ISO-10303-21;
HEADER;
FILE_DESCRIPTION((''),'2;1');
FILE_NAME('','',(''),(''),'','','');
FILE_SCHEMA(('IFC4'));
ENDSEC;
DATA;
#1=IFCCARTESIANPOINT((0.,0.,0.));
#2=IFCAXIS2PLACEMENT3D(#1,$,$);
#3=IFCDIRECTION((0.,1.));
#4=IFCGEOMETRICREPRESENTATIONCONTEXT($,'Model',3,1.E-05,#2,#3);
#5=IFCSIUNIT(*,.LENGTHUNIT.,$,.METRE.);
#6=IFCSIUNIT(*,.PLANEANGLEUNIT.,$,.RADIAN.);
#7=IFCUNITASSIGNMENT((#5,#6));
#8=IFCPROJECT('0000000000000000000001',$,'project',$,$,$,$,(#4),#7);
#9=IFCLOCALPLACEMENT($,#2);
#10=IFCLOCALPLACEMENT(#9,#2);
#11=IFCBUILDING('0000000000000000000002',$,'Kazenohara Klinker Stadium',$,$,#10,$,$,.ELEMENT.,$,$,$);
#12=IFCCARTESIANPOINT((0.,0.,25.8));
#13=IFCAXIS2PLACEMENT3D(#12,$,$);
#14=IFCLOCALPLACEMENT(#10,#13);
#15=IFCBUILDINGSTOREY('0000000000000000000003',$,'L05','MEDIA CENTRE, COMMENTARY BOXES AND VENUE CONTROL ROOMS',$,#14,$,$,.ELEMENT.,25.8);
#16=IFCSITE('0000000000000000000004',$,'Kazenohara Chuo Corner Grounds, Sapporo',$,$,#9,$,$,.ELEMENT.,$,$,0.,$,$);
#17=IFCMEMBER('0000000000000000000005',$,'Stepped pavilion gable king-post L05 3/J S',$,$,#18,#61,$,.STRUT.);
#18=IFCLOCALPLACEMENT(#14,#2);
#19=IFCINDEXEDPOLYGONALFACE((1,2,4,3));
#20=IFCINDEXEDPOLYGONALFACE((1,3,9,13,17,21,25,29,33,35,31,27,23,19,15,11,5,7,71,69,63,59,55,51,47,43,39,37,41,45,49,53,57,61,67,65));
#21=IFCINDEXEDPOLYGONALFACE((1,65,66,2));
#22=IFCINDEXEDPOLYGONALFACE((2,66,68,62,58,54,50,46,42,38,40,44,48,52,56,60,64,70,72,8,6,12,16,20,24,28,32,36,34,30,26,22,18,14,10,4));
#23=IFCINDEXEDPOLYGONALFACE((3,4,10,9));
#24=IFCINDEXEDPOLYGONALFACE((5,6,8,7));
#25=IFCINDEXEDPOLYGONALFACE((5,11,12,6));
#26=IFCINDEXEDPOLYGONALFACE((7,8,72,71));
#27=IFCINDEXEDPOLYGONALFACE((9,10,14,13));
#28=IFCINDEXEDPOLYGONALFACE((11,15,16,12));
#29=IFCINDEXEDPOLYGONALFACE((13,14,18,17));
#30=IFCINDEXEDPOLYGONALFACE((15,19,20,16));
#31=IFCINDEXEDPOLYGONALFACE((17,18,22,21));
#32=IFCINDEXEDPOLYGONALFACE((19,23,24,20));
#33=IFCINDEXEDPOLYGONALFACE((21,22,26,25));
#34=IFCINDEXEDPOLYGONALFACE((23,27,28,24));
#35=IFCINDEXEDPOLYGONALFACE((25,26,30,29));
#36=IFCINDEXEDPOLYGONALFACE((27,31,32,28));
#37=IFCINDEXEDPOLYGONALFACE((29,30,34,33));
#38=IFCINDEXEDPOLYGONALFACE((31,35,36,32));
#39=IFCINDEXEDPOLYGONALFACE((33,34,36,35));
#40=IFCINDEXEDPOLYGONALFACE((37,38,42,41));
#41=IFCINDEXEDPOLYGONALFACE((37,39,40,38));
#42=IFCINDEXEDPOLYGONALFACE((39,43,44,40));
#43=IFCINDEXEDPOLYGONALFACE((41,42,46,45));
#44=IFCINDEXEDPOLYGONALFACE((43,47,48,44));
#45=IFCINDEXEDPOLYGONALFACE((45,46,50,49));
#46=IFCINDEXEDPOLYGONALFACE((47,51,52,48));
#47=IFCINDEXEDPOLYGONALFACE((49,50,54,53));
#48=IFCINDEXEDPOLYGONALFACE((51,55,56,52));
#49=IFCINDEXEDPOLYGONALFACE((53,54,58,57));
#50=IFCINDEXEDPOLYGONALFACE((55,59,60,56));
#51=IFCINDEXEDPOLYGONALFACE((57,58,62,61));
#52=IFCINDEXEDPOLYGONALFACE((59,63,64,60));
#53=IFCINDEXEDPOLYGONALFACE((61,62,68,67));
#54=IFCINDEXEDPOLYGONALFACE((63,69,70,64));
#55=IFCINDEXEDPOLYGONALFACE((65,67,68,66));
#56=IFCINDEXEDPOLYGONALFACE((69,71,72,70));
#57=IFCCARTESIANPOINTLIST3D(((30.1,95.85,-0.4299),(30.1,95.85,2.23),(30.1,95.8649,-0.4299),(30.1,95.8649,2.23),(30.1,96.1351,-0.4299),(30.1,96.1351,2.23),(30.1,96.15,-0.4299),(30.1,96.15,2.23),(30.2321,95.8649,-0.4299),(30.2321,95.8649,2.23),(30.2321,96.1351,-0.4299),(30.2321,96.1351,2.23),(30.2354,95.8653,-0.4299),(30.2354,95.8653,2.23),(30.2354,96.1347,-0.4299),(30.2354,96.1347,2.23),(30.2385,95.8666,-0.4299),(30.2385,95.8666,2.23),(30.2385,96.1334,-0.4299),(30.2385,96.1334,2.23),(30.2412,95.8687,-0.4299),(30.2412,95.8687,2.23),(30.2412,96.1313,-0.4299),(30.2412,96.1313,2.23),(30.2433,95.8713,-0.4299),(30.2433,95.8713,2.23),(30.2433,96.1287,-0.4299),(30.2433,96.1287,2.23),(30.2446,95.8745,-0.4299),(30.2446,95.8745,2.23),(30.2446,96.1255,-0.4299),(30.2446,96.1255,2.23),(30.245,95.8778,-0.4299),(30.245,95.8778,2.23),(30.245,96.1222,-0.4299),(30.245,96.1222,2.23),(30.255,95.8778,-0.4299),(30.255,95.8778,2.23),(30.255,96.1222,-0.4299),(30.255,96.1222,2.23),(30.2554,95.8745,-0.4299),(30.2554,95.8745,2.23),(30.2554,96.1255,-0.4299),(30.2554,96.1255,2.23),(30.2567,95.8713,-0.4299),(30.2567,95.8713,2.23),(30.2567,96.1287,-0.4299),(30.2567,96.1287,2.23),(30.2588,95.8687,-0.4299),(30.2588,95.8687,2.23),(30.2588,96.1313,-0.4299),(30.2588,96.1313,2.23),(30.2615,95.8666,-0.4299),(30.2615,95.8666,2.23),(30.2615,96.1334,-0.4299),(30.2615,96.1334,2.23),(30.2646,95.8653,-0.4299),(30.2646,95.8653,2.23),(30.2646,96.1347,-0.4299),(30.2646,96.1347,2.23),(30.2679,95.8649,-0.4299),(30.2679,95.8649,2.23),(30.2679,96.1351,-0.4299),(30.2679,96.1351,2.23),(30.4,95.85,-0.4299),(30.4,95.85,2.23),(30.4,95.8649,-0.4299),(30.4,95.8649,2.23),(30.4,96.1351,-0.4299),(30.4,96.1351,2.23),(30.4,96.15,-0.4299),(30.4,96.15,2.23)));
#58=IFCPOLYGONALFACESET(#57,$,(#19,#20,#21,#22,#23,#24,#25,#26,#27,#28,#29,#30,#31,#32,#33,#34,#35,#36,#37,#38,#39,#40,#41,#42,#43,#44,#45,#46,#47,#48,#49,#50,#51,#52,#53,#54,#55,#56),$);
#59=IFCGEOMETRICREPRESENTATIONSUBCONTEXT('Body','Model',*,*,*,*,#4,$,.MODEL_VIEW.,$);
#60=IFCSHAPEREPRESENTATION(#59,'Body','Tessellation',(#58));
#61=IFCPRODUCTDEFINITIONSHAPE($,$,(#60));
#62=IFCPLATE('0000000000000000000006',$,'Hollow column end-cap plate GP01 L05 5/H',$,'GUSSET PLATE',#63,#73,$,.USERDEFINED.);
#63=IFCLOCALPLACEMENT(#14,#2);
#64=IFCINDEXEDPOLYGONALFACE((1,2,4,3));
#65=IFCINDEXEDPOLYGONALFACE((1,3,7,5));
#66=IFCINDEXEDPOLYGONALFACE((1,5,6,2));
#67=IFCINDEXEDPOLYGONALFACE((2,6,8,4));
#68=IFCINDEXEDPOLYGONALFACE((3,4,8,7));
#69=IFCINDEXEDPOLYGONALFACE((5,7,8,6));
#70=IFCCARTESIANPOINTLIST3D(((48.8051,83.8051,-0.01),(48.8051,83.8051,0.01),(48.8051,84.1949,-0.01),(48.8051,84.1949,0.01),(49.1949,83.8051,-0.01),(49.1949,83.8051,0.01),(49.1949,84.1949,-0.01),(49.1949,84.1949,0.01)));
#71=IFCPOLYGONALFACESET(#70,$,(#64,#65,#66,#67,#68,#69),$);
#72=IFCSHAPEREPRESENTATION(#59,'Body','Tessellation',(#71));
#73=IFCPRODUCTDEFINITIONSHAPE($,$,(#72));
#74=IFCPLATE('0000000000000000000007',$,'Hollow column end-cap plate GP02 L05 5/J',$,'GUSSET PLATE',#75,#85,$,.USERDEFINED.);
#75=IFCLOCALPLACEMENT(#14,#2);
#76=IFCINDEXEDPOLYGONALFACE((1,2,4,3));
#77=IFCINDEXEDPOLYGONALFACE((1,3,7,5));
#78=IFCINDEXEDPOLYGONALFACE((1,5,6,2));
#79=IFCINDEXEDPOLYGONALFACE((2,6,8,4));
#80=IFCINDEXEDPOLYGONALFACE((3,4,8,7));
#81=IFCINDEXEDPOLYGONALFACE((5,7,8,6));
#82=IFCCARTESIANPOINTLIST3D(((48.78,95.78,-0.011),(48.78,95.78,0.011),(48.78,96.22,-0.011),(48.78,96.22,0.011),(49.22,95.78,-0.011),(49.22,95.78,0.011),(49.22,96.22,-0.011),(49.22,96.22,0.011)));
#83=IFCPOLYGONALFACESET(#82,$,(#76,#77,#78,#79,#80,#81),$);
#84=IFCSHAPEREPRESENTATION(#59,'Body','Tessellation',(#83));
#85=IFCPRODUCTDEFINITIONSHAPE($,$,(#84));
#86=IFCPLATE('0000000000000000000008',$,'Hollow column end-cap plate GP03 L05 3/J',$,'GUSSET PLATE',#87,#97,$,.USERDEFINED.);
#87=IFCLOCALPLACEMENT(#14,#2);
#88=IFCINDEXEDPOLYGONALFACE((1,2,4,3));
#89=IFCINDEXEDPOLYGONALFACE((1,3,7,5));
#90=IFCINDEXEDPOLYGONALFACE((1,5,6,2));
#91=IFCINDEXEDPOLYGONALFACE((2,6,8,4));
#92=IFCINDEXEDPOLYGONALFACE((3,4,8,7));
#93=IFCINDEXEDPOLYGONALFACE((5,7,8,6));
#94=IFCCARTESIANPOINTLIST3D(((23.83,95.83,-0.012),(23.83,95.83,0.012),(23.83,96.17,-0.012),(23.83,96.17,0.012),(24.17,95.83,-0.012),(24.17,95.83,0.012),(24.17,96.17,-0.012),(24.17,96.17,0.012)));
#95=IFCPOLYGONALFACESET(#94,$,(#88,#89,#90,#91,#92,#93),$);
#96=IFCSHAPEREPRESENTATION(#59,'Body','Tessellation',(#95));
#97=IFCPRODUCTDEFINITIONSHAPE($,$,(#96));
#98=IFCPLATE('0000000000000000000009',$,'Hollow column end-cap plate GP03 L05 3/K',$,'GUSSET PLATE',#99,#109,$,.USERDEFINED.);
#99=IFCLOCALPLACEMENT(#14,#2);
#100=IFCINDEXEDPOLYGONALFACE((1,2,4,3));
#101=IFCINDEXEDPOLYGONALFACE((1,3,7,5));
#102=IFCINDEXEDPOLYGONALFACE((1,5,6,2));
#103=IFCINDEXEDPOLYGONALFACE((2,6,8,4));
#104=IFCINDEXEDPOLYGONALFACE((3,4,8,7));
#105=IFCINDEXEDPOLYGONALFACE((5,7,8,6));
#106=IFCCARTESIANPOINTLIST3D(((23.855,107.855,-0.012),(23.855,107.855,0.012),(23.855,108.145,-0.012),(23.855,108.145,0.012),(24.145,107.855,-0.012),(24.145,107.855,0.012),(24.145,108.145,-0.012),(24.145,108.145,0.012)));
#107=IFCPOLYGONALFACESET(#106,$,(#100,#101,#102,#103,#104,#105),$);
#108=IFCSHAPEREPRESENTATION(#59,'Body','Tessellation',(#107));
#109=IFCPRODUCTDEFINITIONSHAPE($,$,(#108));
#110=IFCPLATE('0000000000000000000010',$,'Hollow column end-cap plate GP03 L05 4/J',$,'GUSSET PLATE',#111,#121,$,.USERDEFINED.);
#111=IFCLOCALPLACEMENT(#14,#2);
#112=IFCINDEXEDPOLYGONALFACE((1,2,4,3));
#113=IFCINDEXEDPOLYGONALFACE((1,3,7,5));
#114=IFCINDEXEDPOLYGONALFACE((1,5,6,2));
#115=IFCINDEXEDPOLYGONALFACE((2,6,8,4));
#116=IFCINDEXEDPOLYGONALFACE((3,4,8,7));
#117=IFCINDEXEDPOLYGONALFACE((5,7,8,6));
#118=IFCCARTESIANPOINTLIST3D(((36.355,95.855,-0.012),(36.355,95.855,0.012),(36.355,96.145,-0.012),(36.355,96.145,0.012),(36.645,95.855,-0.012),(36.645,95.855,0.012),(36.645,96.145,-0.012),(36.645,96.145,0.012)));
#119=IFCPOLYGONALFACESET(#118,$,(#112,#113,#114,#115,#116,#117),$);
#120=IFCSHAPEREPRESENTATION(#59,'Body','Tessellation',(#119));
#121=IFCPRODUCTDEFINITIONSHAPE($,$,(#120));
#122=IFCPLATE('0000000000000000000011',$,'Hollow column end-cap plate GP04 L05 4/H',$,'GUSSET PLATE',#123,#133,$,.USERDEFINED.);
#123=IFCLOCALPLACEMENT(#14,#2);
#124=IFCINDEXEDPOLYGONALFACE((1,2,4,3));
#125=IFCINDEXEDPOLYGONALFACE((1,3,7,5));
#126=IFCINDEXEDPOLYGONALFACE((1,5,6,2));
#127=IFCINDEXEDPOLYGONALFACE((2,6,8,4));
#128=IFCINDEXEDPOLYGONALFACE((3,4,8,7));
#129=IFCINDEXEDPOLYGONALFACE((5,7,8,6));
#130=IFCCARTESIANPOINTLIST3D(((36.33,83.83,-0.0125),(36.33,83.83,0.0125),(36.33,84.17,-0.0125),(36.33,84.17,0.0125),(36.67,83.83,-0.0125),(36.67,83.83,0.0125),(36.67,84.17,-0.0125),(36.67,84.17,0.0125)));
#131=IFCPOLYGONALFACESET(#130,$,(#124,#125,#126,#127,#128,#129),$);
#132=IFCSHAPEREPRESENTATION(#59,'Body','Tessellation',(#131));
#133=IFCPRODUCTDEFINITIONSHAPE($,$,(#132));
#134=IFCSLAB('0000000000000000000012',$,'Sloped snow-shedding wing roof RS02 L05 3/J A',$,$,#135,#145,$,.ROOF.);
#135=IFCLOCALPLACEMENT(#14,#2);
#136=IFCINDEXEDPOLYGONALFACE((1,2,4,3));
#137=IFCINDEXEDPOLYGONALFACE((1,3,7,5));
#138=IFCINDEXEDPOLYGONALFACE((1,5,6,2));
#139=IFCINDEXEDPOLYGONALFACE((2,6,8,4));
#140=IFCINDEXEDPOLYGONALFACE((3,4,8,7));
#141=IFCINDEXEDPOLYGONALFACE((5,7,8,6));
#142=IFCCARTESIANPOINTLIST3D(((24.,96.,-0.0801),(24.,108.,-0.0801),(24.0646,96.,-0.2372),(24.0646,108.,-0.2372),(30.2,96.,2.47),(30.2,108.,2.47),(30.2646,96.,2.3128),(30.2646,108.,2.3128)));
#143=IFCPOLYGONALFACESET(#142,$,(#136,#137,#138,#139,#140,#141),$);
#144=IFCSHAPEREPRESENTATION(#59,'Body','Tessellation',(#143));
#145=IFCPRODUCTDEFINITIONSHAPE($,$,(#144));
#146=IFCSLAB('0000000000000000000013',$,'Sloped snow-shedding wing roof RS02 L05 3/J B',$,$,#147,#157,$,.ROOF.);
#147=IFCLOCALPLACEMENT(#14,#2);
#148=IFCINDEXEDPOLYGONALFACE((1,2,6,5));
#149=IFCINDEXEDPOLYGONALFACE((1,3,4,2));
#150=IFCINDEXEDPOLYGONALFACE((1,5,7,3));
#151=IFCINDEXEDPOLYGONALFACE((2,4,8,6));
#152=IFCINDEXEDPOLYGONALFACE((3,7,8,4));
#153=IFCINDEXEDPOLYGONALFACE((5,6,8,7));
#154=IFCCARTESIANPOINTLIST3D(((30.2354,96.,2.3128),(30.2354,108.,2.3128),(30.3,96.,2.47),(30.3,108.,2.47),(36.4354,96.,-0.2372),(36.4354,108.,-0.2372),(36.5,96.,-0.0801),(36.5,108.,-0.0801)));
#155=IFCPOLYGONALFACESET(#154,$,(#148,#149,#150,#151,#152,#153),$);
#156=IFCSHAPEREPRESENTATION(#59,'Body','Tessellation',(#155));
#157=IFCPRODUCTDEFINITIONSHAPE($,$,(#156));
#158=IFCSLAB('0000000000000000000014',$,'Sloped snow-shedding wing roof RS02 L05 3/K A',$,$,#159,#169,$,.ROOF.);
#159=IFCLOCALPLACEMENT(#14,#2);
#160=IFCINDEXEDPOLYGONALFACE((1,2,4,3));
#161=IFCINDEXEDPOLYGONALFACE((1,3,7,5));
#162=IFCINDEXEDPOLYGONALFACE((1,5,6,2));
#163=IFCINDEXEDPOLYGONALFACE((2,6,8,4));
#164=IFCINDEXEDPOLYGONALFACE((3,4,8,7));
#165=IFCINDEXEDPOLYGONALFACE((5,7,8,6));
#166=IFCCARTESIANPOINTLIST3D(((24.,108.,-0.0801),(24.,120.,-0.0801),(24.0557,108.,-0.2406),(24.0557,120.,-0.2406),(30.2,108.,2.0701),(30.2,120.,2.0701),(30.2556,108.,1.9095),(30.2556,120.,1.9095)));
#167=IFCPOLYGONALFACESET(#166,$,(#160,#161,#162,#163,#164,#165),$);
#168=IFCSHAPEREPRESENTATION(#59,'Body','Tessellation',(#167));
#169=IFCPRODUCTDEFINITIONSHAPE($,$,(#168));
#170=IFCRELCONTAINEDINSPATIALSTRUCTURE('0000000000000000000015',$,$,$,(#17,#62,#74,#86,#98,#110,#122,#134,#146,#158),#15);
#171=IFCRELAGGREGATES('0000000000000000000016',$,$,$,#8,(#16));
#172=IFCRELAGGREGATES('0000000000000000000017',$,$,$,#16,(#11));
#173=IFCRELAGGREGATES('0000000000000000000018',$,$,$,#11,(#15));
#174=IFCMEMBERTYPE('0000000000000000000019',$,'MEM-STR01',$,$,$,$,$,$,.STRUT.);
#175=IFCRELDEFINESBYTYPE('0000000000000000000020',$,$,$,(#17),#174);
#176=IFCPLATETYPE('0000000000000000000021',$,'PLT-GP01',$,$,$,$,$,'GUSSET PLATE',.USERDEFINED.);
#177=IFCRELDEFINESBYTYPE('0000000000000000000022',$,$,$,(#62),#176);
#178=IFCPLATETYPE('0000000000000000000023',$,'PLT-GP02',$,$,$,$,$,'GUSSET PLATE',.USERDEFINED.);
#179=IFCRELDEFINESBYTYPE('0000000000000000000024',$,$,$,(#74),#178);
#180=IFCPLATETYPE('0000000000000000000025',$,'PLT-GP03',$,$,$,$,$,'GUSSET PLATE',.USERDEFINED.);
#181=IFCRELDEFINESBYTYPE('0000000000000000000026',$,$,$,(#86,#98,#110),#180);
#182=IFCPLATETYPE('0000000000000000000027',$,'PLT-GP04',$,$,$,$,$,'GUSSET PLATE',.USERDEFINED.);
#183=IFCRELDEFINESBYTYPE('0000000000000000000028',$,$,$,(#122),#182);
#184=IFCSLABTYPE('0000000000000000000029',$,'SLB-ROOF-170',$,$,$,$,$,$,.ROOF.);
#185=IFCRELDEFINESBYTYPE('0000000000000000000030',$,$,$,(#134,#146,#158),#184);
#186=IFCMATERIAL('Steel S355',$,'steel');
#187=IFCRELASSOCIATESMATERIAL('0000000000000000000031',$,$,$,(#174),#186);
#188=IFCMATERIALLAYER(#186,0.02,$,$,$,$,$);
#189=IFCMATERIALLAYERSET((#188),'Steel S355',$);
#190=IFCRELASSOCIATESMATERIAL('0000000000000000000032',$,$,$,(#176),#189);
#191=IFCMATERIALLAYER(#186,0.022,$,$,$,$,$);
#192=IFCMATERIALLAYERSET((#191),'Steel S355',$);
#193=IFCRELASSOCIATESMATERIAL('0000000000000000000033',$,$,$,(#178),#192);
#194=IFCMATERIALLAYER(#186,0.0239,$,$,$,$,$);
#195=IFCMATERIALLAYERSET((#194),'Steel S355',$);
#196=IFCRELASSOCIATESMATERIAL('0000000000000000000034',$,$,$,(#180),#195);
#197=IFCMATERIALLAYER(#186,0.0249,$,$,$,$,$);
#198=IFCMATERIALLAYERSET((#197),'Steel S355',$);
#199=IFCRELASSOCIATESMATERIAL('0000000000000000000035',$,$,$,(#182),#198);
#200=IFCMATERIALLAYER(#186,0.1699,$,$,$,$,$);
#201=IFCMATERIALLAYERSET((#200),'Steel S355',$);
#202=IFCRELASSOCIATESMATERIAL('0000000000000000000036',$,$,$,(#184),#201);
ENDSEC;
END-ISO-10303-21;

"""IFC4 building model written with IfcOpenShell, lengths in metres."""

from ifc_helpers import new_model, si_unit, direction, frame, origin, origin_2d, place, context, subcontext, project, spatial, polyline, rectangle, i_section, outline, extrude, material, layer, layer_set, material_profile, profile_set, type_object, element, save


model = new_model("IFC4")

# Units and contexts
model_context = context("Model", 3, precision=1e-05, world=origin(), true_north=direction((0.0, 1.0)))
body_context = subcontext(model_context, "Body", "Model", "MODEL_VIEW")
ifc_project = project(units=[si_unit("LENGTHUNIT", "METRE"), si_unit("PLANEANGLEUNIT", "RADIAN")], contexts=[model_context])

# Site, building, storey
site_placement = place(None, origin())
site = spatial("IfcSite", under=ifc_project, at=site_placement, Name="Kazenohara Chuo Corner Grounds, Sapporo", CompositionType="ELEMENT", RefElevation=0.0)
building_placement = place(site_placement, origin())
building = spatial("IfcBuilding", under=site, at=building_placement, Name="Kazenohara Klinker Stadium", CompositionType="ELEMENT")
storey_placement = place(building_placement, frame((0.0, 0.0, 25.8)))
storey = spatial("IfcBuildingStorey", under=building, at=storey_placement, Name="L05", Description="MEDIA CENTRE, COMMENTARY BOXES AND VENUE CONTROL ROOMS", CompositionType="ELEMENT", Elevation=25.8)

# Shared definitions
ifc_material_1 = material(Name="Steel S355", Category="steel")

# Member
ifc_material_profile_1 = material_profile(ifc_material_1, i_section(OverallWidth=0.3, OverallDepth=0.3, WebThickness=0.01, FlangeThickness=0.0149, FilletRadius=0.0129, at=origin_2d()), Name="H-300x300x10x15")
ifc_profile_set_1 = profile_set([ifc_material_profile_1], Name="Steel S355")
member_type_1 = type_object("IfcMemberType", Name="MEM-STR01", PredefinedType="STRUT", material=ifc_profile_set_1)
member_1_placement = place(storey_placement, frame((30.25, 96.0, -0.4299), z_axis=(0.0, 0.0, 1.0), x_axis=(1.0, 0.0, 0.0)))
element("IfcMember", 1, at=member_1_placement, inside=storey, type_object=member_type_1, Name="Stepped pavilion gable king-post L05 3/J S", PredefinedType="STRUT", context=body_context, shape_type="SweptSolid", body=[
    extrude(i_section(OverallWidth=0.3, OverallDepth=0.3, WebThickness=0.01, FlangeThickness=0.0149, FilletRadius=0.0129, at=origin_2d()), origin(), (0.0, 0.0, 1.0), 2.6599),
])

# Plates
ifc_layer_1 = layer(ifc_material_1, 0.02)
ifc_layer_set_1 = layer_set([ifc_layer_1], Name="Steel S355")
plate_type_1 = type_object("IfcPlateType", Name="PLT-GP01", ElementType="GUSSET PLATE", PredefinedType="USERDEFINED", material=ifc_layer_set_1)
plate_1_placement = place(storey_placement, frame((49.0, 84.0, -0.01), z_axis=(0.0, 0.0, 1.0), x_axis=(1.0, 0.0, 0.0)))
element("IfcPlate", 2, at=plate_1_placement, inside=storey, type_object=plate_type_1, Name="Hollow column end-cap plate GP01 L05 5/H", ObjectType="GUSSET PLATE", PredefinedType="USERDEFINED", context=body_context, shape_type="SweptSolid", body=[
    extrude(rectangle(XDim=0.3899, YDim=0.3899, at=origin_2d()), origin(), (0.0, 0.0, 1.0), 0.02),
])
ifc_layer_2 = layer(ifc_material_1, 0.022)
ifc_layer_set_2 = layer_set([ifc_layer_2], Name="Steel S355")
plate_type_2 = type_object("IfcPlateType", Name="PLT-GP02", ElementType="GUSSET PLATE", PredefinedType="USERDEFINED", material=ifc_layer_set_2)
plate_2_placement = place(storey_placement, frame((49.0, 96.0, -0.011), z_axis=(0.0, 0.0, 1.0), x_axis=(1.0, 0.0, 0.0)))
element("IfcPlate", 3, at=plate_2_placement, inside=storey, type_object=plate_type_2, Name="Hollow column end-cap plate GP02 L05 5/J", ObjectType="GUSSET PLATE", PredefinedType="USERDEFINED", context=body_context, shape_type="SweptSolid", body=[
    extrude(rectangle(XDim=0.4399, YDim=0.4399, at=origin_2d()), origin(), (0.0, 0.0, 1.0), 0.022),
])
ifc_layer_3 = layer(ifc_material_1, 0.0239)
ifc_layer_set_3 = layer_set([ifc_layer_3], Name="Steel S355")
plate_type_3 = type_object("IfcPlateType", Name="PLT-GP03", ElementType="GUSSET PLATE", PredefinedType="USERDEFINED", material=ifc_layer_set_3)
plate_3_placement = place(storey_placement, frame((24.0, 96.0, -0.012), z_axis=(0.0, 0.0, 1.0), x_axis=(1.0, 0.0, 0.0)))
element("IfcPlate", 4, at=plate_3_placement, inside=storey, type_object=plate_type_3, Name="Hollow column end-cap plate GP03 L05 3/J", ObjectType="GUSSET PLATE", PredefinedType="USERDEFINED", context=body_context, shape_type="SweptSolid", body=[
    extrude(rectangle(XDim=0.3401, YDim=0.3401, at=origin_2d()), origin(), (0.0, 0.0, 1.0), 0.0239),
])
for number, where, z_axis, x_axis, name in (
    (5, (24.0, 108.0, -0.012), (0.0, 0.0, 1.0), (1.0, 0.0, 0.0), "Hollow column end-cap plate GP03 L05 3/K"),
    (6, (36.5, 96.0, -0.012), (0.0, 0.0, 1.0), (1.0, 0.0, 0.0), "Hollow column end-cap plate GP03 L05 4/J"),
):
    element("IfcPlate", number, at=place(storey_placement, frame(where, z_axis=z_axis, x_axis=x_axis)), inside=storey, type_object=plate_type_3, Name=name, ObjectType="GUSSET PLATE", PredefinedType="USERDEFINED", context=body_context, shape_type="SweptSolid", body=[
        extrude(rectangle(XDim=0.29, YDim=0.29, at=origin_2d()), origin(), (0.0, 0.0, 1.0), 0.0239),
    ])
ifc_layer_4 = layer(ifc_material_1, 0.0249)
ifc_layer_set_4 = layer_set([ifc_layer_4], Name="Steel S355")
plate_type_4 = type_object("IfcPlateType", Name="PLT-GP04", ElementType="GUSSET PLATE", PredefinedType="USERDEFINED", material=ifc_layer_set_4)
plate_4_placement = place(storey_placement, frame((36.5, 84.0, -0.0125), z_axis=(0.0, 0.0, 1.0), x_axis=(1.0, 0.0, 0.0)))
element("IfcPlate", 7, at=plate_4_placement, inside=storey, type_object=plate_type_4, Name="Hollow column end-cap plate GP04 L05 4/H", ObjectType="GUSSET PLATE", PredefinedType="USERDEFINED", context=body_context, shape_type="SweptSolid", body=[
    extrude(rectangle(XDim=0.3401, YDim=0.3401, at=origin_2d()), origin(), (0.0, 0.0, 1.0), 0.0249),
])

# Slabs
ifc_layer_5 = layer(ifc_material_1, 0.1699)
ifc_layer_set_5 = layer_set([ifc_layer_5], Name="Steel S355")
slab_type = type_object("IfcSlabType", Name="SLB-ROOF-170", PredefinedType="ROOF", material=ifc_layer_set_5)
for number, where, z_axis, x_axis, name in (
    (8, (24.0, 96.0, -0.0801), (-0.380383, 0.0, 0.924829), (0.924829, 0.0, 0.380383), "Sloped snow-shedding wing roof RS02 L05 3/J A"),
    (9, (30.3, 96.0, 2.47), (0.380383, 0.0, 0.924829), (0.924829, 0.0, -0.380383), "Sloped snow-shedding wing roof RS02 L05 3/J B"),
):
    element("IfcSlab", number, at=place(storey_placement, frame(where, z_axis=z_axis, x_axis=x_axis)), inside=storey, type_object=slab_type, Name=name, PredefinedType="ROOF", context=body_context, shape_type="SweptSolid", body=[
        extrude(outline(polyline([(0.0, 0.0), (6.7039, 0.0), (6.7039, 12.0), (0.0, 12.0), (0.0, 0.0)])), origin(), (0.0, 0.0, -1.0), 0.1699),
    ])
slab_placement = place(storey_placement, frame((24.0, 108.0, -0.0801), z_axis=(-0.327656, 0.0, 0.944797), x_axis=(0.944797, 0.0, 0.327656)))
element("IfcSlab", 10, at=slab_placement, inside=storey, type_object=slab_type, Name="Sloped snow-shedding wing roof RS02 L05 3/K A", PredefinedType="ROOF", context=body_context, shape_type="SweptSolid", body=[
    extrude(outline(polyline([(0.0, 0.0), (6.5622, 0.0), (6.5622, 12.0), (0.0, 12.0), (0.0, 0.0)])), origin(), (0.0, 0.0, -1.0), 0.1699),
])

save(model, "model.ifc")
